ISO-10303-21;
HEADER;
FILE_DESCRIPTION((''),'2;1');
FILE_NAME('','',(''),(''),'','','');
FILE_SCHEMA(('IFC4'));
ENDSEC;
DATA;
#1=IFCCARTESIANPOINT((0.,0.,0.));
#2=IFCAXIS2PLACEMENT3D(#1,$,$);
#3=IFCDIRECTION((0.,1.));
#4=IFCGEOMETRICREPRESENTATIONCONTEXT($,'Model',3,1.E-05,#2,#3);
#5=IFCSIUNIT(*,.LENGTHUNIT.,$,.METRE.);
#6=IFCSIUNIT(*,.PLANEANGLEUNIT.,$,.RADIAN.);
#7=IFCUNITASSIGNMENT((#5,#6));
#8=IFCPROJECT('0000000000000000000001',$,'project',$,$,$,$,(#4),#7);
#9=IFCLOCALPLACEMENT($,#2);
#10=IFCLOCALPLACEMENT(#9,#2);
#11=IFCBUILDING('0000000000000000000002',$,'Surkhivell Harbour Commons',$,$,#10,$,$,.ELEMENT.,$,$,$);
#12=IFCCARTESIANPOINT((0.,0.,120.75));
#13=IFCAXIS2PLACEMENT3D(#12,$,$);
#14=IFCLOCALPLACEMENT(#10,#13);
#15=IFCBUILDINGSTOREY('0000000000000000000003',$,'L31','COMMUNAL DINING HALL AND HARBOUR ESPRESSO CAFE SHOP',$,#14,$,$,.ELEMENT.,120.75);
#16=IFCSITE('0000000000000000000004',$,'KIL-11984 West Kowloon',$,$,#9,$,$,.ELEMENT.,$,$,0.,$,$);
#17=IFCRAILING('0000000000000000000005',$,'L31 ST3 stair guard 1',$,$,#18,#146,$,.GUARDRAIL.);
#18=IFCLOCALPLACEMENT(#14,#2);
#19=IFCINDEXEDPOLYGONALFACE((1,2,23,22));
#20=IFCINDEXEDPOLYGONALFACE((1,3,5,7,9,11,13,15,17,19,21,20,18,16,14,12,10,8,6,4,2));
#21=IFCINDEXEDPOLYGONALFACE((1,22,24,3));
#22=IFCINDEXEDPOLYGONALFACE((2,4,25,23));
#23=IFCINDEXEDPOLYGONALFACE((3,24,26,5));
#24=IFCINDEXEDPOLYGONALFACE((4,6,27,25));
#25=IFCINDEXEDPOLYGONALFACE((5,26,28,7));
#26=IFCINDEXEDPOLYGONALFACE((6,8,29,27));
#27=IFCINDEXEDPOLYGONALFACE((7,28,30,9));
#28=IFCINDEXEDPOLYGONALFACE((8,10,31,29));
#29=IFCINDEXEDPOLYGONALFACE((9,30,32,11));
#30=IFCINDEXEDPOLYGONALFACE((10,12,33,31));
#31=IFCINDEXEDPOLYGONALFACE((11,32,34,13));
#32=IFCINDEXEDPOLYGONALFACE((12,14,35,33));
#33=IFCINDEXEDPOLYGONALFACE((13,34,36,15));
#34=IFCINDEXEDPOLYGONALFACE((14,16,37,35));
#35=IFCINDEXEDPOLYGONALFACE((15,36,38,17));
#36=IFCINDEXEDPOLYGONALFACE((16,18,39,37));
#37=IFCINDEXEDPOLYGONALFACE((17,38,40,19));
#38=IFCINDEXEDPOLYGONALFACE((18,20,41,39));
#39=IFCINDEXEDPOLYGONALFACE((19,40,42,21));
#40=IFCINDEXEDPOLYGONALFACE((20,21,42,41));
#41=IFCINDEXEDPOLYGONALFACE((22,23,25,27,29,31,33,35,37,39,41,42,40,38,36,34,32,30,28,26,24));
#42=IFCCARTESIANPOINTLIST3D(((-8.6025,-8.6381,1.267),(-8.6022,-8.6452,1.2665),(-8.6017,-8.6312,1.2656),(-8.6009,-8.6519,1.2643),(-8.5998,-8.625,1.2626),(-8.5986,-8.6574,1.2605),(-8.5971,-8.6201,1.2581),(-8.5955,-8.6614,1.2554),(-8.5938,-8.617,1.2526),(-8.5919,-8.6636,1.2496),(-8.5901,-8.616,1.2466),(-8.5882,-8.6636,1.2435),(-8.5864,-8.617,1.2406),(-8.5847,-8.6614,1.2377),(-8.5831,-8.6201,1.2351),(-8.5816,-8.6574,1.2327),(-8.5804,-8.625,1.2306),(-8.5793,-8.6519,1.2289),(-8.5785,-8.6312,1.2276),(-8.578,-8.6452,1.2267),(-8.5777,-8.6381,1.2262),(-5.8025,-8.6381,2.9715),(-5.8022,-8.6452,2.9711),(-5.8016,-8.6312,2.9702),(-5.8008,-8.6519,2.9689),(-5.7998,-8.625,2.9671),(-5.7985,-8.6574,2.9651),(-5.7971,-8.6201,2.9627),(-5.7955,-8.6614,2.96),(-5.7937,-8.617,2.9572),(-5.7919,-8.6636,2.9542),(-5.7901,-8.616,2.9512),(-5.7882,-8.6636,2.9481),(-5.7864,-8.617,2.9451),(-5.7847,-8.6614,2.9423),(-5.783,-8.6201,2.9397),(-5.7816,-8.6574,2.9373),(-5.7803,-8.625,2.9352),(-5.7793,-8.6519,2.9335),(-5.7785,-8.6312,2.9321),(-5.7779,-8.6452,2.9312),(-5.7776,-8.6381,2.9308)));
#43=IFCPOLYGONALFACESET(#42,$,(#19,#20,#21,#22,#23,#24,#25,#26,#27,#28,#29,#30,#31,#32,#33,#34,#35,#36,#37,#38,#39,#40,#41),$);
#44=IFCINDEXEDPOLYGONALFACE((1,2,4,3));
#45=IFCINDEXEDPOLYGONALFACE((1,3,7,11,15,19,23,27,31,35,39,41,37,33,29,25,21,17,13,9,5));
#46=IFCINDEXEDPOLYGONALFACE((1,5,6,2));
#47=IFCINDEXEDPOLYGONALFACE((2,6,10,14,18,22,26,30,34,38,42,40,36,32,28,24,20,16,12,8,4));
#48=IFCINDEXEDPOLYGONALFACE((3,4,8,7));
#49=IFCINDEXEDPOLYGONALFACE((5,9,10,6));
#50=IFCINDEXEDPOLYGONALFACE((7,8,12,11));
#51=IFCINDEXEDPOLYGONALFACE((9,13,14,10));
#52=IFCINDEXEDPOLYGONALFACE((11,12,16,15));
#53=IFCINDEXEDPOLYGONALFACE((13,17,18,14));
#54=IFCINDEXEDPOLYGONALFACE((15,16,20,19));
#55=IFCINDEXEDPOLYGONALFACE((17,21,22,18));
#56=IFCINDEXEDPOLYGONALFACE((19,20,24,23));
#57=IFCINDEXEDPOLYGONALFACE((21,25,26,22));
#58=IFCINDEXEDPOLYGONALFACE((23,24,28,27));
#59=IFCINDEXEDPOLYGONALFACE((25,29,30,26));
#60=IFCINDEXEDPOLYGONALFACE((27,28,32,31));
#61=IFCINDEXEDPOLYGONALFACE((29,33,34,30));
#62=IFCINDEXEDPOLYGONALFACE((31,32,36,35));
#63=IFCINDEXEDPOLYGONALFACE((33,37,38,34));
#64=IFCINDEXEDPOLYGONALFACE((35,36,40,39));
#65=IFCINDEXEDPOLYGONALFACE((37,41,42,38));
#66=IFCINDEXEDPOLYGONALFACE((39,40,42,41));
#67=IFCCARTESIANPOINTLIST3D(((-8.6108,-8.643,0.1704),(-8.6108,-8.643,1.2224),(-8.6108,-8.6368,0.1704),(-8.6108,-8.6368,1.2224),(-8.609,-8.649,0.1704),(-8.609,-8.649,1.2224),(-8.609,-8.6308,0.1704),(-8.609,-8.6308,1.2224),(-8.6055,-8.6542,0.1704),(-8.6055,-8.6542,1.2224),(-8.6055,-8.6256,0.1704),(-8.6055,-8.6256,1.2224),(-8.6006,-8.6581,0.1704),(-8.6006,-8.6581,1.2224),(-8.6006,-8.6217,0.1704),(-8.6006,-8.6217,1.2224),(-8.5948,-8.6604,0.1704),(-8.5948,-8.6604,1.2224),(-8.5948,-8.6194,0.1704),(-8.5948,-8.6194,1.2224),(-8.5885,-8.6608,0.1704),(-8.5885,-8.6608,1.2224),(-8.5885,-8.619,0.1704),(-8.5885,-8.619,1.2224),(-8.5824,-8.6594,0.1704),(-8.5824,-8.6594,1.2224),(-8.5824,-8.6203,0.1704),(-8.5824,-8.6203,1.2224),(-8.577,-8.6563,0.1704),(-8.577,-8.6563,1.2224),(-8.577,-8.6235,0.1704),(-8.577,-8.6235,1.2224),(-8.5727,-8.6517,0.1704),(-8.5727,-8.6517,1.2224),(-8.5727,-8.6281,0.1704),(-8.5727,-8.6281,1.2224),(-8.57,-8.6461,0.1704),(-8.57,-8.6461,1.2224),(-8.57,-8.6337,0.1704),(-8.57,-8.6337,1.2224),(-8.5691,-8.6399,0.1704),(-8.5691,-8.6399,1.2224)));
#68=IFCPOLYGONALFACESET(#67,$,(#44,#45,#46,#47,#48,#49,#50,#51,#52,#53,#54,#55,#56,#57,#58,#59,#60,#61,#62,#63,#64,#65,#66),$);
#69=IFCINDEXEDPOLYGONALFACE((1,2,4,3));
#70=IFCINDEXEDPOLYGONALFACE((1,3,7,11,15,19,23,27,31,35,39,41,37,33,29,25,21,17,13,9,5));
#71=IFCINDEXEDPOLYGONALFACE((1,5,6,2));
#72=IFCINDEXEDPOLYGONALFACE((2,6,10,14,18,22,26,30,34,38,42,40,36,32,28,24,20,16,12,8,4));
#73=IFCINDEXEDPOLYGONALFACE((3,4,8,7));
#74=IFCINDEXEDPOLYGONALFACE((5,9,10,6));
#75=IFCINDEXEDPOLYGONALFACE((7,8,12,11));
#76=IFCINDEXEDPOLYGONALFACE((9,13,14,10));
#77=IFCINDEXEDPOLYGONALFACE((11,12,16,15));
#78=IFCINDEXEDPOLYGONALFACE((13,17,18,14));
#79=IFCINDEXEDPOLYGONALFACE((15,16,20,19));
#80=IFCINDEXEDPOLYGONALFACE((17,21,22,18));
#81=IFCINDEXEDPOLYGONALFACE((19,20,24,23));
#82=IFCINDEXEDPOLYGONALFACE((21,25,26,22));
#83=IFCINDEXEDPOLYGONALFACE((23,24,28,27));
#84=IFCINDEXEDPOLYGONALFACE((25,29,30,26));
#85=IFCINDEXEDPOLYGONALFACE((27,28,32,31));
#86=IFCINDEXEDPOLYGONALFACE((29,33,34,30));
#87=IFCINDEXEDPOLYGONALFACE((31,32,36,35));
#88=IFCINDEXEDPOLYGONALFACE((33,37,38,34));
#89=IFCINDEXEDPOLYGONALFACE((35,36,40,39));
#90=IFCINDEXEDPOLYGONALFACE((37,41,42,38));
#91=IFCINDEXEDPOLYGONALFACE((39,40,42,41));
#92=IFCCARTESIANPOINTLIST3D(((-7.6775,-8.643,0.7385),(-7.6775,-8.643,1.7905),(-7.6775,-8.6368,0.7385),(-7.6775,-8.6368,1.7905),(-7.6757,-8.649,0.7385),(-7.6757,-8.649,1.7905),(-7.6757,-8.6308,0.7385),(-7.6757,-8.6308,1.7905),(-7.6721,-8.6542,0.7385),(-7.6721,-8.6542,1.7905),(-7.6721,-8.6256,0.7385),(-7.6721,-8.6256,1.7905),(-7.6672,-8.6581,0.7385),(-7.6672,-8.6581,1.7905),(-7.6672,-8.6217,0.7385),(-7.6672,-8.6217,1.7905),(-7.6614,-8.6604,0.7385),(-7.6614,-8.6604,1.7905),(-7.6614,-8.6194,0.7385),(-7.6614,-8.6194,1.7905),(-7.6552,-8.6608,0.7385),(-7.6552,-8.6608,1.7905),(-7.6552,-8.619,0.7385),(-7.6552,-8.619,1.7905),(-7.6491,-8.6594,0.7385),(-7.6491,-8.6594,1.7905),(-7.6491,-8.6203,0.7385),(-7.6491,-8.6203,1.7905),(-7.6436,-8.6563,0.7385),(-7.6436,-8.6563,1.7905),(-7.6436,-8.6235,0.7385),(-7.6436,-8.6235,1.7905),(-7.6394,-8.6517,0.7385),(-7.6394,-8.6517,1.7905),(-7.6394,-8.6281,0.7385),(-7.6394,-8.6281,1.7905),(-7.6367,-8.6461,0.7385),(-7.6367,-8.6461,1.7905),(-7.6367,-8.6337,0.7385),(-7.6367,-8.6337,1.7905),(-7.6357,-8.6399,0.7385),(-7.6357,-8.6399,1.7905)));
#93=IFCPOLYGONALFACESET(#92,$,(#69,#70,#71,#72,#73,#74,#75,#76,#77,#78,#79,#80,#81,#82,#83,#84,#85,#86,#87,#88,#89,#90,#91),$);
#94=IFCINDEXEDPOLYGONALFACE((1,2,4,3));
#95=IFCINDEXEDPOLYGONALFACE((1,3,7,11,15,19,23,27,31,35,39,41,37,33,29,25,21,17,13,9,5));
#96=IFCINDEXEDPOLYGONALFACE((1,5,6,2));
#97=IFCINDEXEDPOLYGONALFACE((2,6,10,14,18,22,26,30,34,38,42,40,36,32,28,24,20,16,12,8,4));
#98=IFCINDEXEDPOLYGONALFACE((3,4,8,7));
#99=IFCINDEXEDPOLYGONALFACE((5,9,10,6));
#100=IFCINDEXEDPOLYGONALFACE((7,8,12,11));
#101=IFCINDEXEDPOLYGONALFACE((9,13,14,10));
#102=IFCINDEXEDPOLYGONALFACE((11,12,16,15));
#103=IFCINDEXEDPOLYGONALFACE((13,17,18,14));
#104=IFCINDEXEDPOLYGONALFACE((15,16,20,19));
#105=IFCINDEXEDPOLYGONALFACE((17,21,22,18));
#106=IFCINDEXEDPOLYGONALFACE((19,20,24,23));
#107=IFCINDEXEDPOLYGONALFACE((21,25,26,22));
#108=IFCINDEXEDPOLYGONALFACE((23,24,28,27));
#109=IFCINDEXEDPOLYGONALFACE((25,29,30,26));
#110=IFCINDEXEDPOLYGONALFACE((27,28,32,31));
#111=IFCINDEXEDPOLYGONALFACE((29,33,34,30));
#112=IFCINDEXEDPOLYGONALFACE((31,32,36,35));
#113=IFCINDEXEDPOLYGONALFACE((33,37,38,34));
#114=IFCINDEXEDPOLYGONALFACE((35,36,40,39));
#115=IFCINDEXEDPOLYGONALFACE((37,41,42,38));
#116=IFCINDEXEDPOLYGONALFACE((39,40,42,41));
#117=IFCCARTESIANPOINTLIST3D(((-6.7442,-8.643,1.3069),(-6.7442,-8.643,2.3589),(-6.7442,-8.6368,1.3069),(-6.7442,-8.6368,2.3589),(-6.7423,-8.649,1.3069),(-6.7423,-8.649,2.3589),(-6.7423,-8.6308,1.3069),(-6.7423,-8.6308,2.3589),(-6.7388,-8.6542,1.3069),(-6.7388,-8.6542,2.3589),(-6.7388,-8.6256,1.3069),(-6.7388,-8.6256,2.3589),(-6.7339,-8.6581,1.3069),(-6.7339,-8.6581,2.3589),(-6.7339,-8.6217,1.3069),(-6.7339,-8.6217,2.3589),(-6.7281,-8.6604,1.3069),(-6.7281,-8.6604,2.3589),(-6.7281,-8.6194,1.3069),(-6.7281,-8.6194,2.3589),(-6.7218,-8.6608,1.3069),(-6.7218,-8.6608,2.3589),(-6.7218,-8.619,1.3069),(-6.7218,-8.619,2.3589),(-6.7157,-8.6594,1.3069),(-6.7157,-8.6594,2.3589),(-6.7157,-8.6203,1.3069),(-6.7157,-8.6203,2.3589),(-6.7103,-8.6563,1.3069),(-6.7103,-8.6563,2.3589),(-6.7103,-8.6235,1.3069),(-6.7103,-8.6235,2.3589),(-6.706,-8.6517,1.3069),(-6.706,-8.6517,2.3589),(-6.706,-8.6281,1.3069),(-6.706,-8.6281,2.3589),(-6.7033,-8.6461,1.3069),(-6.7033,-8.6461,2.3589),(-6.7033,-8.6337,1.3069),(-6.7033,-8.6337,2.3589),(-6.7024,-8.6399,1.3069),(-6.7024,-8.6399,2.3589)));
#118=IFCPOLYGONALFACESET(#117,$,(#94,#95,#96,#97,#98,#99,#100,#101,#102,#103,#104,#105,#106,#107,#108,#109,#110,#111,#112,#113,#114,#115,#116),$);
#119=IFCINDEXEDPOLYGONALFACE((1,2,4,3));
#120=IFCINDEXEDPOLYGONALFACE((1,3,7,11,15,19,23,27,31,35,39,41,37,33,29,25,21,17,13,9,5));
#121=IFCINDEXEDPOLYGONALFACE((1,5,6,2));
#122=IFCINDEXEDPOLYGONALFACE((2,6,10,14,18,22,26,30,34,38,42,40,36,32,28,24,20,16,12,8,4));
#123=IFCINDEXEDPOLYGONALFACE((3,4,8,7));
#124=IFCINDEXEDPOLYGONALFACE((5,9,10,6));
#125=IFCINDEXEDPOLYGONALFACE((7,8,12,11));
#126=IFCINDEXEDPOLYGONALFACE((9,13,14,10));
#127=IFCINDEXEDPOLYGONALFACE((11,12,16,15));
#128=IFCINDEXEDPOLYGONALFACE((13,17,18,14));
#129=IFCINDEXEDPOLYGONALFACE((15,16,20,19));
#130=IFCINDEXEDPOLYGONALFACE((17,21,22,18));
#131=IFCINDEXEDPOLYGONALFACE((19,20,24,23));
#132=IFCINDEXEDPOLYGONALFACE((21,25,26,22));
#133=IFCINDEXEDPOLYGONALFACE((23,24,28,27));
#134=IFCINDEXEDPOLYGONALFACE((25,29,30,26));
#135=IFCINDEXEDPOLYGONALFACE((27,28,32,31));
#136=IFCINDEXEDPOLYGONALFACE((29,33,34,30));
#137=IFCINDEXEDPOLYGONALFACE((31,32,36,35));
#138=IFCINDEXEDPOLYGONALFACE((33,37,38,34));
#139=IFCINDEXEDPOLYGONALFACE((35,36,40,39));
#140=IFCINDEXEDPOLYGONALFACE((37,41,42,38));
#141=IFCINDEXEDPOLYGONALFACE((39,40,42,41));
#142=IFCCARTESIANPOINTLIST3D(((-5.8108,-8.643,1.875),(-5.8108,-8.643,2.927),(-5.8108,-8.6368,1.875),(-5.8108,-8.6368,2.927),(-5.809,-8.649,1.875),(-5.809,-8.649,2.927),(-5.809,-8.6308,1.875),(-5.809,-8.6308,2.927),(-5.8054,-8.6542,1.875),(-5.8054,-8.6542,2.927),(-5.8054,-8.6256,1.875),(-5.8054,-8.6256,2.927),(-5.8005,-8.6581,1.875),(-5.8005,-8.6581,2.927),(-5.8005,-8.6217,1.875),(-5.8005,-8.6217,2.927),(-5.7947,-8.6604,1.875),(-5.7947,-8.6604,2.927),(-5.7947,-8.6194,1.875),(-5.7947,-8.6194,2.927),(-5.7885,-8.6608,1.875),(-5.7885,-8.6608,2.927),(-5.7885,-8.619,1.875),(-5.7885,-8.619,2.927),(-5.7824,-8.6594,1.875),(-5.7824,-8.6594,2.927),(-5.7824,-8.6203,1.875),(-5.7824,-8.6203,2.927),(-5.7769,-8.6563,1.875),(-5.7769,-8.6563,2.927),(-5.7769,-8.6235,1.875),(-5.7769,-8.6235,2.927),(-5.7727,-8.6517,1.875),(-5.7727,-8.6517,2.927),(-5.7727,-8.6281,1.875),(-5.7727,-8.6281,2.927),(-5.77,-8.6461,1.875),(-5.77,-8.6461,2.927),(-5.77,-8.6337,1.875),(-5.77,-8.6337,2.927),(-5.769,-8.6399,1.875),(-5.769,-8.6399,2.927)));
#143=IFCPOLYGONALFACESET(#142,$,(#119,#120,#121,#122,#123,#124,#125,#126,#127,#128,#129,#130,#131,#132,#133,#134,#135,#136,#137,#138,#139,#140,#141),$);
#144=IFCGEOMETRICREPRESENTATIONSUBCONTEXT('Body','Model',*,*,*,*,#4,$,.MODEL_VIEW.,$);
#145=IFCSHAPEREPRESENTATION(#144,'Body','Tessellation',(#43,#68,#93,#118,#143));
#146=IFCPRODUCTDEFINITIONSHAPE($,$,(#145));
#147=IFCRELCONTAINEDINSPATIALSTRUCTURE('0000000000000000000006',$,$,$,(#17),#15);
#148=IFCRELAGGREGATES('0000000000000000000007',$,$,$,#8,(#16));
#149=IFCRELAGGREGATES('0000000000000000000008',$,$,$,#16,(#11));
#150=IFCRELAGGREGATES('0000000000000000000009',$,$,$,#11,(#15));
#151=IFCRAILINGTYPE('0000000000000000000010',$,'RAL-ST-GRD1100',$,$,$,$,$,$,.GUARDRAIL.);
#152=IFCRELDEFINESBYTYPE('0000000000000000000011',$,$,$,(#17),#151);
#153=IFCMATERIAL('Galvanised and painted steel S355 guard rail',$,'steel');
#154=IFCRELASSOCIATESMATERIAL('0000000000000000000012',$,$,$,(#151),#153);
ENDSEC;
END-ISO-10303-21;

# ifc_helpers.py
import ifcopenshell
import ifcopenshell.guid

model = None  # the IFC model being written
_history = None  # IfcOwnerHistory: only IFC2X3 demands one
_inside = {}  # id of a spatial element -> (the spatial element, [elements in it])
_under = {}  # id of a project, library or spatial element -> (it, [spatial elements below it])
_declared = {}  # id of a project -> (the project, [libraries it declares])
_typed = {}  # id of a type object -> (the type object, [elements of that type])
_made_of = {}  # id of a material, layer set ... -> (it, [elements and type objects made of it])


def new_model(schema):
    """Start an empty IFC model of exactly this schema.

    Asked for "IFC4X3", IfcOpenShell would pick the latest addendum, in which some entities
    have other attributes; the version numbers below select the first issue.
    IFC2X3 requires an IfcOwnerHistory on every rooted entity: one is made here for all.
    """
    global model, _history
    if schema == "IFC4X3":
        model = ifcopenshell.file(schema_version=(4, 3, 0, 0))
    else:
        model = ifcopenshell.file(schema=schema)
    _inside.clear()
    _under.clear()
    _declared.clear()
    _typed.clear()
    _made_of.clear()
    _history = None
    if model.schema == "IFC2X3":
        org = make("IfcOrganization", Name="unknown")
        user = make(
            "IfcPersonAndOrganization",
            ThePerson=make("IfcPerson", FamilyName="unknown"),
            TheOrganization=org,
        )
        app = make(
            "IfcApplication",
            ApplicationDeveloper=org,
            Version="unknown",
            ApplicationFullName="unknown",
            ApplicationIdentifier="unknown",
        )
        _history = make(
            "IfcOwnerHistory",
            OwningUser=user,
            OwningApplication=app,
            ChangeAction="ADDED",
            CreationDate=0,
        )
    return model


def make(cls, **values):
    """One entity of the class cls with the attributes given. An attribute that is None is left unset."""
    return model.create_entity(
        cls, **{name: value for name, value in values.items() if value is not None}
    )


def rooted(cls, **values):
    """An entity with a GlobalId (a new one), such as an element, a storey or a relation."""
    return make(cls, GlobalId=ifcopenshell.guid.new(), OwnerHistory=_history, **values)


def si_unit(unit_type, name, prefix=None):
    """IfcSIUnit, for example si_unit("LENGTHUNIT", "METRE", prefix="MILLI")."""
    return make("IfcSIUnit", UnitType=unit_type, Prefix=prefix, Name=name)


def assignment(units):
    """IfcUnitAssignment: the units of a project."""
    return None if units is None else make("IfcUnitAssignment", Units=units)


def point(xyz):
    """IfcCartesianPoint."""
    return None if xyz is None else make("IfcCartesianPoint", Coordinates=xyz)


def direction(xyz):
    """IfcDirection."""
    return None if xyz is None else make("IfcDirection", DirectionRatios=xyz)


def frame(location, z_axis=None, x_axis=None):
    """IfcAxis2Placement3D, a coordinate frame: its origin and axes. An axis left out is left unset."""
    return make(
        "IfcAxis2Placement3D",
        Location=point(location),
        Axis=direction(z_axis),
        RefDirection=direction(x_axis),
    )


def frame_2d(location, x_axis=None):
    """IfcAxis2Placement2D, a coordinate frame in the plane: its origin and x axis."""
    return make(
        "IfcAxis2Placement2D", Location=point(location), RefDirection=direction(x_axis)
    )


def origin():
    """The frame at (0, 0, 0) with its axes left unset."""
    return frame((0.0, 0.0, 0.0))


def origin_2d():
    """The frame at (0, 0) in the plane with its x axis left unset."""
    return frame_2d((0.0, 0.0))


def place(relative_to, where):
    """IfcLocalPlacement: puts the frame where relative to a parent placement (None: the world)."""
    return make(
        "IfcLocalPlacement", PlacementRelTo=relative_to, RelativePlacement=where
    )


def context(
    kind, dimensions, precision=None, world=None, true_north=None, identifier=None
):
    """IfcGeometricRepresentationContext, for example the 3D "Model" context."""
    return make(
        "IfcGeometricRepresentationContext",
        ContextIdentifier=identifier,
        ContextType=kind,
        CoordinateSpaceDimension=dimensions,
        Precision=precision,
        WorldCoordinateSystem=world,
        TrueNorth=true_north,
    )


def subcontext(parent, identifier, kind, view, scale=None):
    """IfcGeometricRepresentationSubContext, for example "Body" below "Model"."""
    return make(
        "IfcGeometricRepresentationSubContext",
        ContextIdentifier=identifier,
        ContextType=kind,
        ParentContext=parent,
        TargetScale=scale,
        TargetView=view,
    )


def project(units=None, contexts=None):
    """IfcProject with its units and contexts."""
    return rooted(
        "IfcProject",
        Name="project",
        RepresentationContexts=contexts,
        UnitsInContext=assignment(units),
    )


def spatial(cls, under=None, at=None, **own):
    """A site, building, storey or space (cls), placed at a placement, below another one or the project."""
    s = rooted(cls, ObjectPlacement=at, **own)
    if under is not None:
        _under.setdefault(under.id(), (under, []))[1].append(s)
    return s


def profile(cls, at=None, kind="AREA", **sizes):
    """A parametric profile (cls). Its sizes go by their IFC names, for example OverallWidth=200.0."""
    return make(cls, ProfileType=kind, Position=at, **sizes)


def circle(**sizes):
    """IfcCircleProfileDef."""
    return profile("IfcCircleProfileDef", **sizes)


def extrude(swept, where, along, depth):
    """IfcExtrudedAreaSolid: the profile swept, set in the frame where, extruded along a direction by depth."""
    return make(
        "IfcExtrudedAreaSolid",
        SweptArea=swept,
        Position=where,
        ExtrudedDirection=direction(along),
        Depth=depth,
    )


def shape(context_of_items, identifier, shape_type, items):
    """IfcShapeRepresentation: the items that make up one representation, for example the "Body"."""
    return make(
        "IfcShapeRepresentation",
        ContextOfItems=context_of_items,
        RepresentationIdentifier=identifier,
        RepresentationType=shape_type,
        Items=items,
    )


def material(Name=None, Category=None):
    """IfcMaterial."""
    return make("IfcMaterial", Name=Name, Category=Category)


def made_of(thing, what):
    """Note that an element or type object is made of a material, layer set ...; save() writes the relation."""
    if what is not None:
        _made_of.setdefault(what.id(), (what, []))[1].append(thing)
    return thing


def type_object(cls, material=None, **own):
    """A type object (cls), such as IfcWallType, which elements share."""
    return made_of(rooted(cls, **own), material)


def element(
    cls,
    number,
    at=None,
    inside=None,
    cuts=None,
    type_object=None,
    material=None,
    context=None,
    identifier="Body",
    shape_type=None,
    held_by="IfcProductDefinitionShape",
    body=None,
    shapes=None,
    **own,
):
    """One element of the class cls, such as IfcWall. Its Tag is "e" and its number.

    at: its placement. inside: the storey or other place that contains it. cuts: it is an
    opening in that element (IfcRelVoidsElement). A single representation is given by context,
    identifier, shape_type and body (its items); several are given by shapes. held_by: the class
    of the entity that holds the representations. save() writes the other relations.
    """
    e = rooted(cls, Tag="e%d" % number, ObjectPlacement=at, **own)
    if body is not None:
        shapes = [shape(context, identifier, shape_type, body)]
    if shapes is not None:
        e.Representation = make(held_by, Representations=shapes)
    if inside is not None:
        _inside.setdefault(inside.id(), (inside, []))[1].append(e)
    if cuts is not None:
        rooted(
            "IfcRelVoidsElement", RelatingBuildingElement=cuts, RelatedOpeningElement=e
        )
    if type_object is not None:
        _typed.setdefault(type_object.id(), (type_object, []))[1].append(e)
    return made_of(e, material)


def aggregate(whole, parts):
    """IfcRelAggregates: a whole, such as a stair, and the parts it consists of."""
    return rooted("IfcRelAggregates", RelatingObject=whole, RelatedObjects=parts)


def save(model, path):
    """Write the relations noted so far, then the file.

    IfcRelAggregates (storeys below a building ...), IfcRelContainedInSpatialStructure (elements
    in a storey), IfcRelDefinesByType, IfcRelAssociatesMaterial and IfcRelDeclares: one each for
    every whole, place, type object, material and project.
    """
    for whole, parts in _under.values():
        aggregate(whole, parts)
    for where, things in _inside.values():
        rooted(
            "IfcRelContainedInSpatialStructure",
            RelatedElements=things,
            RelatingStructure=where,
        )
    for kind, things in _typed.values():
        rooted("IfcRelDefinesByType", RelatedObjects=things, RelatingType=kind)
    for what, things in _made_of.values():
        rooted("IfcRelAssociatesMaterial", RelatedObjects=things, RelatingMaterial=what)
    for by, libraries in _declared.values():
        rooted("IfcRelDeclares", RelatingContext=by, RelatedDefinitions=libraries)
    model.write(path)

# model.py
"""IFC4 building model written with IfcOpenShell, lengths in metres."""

from ifc_helpers import new_model, si_unit, direction, frame, origin, origin_2d, place, context, subcontext, project, spatial, circle, extrude, material, type_object, element, save


model = new_model("IFC4")

# Units and contexts
model_context = context("Model", 3, precision=1e-05, world=origin(), true_north=direction((0.0, 1.0)))
body_context = subcontext(model_context, "Body", "Model", "MODEL_VIEW")
ifc_project = project(units=[si_unit("LENGTHUNIT", "METRE"), si_unit("PLANEANGLEUNIT", "RADIAN")], contexts=[model_context])

# Site, building, storey
site_placement = place(None, origin())
site = spatial("IfcSite", under=ifc_project, at=site_placement, Name="KIL-11984 West Kowloon", CompositionType="ELEMENT", RefElevation=0.0)
building_placement = place(site_placement, origin())
building = spatial("IfcBuilding", under=site, at=building_placement, Name="Surkhivell Harbour Commons", CompositionType="ELEMENT")
storey_placement = place(building_placement, frame((0.0, 0.0, 120.75)))
storey = spatial("IfcBuildingStorey", under=building, at=storey_placement, Name="L31", Description="COMMUNAL DINING HALL AND HARBOUR ESPRESSO CAFE SHOP", CompositionType="ELEMENT", Elevation=120.75)

# Railing
ifc_material_1 = material(Name="Galvanised and painted steel S355 guard rail", Category="steel")
railing_type_1 = type_object("IfcRailingType", Name="RAL-ST-GRD1100", PredefinedType="GUARDRAIL", material=ifc_material_1)
railing_1_placement = place(storey_placement, frame((-8.5901, -8.6399, 0.1704)))
element("IfcRailing", 1, at=railing_1_placement, inside=storey, type_object=railing_type_1, Name="L31 ST3 stair guard 1", PredefinedType="GUARDRAIL", context=body_context, shape_type="SweptSolid", body=[
    extrude(circle(Radius=0.0239, at=origin_2d()), frame((0.0, 0.0, 1.0762), z_axis=(0.85417, 0.0, 0.519994), x_axis=(0.0, 1.0, 0.0)), (0.0, 0.0, 1.0), 3.2781),
    extrude(circle(Radius=0.021, at=origin_2d()), origin(), (0.0, 0.0, 1.0), 1.052),
    extrude(circle(Radius=0.021, at=origin_2d()), frame((0.9333, 0.0, 0.5681)), (0.0, 0.0, 1.0), 1.052),
    extrude(circle(Radius=0.021, at=origin_2d()), frame((1.8667, 0.0, 1.1365)), (0.0, 0.0, 1.0), 1.052),
    extrude(circle(Radius=0.021, at=origin_2d()), frame((2.8, 0.0, 1.7046)), (0.0, 0.0, 1.0), 1.052),
])

save(model, "model.ifc")
